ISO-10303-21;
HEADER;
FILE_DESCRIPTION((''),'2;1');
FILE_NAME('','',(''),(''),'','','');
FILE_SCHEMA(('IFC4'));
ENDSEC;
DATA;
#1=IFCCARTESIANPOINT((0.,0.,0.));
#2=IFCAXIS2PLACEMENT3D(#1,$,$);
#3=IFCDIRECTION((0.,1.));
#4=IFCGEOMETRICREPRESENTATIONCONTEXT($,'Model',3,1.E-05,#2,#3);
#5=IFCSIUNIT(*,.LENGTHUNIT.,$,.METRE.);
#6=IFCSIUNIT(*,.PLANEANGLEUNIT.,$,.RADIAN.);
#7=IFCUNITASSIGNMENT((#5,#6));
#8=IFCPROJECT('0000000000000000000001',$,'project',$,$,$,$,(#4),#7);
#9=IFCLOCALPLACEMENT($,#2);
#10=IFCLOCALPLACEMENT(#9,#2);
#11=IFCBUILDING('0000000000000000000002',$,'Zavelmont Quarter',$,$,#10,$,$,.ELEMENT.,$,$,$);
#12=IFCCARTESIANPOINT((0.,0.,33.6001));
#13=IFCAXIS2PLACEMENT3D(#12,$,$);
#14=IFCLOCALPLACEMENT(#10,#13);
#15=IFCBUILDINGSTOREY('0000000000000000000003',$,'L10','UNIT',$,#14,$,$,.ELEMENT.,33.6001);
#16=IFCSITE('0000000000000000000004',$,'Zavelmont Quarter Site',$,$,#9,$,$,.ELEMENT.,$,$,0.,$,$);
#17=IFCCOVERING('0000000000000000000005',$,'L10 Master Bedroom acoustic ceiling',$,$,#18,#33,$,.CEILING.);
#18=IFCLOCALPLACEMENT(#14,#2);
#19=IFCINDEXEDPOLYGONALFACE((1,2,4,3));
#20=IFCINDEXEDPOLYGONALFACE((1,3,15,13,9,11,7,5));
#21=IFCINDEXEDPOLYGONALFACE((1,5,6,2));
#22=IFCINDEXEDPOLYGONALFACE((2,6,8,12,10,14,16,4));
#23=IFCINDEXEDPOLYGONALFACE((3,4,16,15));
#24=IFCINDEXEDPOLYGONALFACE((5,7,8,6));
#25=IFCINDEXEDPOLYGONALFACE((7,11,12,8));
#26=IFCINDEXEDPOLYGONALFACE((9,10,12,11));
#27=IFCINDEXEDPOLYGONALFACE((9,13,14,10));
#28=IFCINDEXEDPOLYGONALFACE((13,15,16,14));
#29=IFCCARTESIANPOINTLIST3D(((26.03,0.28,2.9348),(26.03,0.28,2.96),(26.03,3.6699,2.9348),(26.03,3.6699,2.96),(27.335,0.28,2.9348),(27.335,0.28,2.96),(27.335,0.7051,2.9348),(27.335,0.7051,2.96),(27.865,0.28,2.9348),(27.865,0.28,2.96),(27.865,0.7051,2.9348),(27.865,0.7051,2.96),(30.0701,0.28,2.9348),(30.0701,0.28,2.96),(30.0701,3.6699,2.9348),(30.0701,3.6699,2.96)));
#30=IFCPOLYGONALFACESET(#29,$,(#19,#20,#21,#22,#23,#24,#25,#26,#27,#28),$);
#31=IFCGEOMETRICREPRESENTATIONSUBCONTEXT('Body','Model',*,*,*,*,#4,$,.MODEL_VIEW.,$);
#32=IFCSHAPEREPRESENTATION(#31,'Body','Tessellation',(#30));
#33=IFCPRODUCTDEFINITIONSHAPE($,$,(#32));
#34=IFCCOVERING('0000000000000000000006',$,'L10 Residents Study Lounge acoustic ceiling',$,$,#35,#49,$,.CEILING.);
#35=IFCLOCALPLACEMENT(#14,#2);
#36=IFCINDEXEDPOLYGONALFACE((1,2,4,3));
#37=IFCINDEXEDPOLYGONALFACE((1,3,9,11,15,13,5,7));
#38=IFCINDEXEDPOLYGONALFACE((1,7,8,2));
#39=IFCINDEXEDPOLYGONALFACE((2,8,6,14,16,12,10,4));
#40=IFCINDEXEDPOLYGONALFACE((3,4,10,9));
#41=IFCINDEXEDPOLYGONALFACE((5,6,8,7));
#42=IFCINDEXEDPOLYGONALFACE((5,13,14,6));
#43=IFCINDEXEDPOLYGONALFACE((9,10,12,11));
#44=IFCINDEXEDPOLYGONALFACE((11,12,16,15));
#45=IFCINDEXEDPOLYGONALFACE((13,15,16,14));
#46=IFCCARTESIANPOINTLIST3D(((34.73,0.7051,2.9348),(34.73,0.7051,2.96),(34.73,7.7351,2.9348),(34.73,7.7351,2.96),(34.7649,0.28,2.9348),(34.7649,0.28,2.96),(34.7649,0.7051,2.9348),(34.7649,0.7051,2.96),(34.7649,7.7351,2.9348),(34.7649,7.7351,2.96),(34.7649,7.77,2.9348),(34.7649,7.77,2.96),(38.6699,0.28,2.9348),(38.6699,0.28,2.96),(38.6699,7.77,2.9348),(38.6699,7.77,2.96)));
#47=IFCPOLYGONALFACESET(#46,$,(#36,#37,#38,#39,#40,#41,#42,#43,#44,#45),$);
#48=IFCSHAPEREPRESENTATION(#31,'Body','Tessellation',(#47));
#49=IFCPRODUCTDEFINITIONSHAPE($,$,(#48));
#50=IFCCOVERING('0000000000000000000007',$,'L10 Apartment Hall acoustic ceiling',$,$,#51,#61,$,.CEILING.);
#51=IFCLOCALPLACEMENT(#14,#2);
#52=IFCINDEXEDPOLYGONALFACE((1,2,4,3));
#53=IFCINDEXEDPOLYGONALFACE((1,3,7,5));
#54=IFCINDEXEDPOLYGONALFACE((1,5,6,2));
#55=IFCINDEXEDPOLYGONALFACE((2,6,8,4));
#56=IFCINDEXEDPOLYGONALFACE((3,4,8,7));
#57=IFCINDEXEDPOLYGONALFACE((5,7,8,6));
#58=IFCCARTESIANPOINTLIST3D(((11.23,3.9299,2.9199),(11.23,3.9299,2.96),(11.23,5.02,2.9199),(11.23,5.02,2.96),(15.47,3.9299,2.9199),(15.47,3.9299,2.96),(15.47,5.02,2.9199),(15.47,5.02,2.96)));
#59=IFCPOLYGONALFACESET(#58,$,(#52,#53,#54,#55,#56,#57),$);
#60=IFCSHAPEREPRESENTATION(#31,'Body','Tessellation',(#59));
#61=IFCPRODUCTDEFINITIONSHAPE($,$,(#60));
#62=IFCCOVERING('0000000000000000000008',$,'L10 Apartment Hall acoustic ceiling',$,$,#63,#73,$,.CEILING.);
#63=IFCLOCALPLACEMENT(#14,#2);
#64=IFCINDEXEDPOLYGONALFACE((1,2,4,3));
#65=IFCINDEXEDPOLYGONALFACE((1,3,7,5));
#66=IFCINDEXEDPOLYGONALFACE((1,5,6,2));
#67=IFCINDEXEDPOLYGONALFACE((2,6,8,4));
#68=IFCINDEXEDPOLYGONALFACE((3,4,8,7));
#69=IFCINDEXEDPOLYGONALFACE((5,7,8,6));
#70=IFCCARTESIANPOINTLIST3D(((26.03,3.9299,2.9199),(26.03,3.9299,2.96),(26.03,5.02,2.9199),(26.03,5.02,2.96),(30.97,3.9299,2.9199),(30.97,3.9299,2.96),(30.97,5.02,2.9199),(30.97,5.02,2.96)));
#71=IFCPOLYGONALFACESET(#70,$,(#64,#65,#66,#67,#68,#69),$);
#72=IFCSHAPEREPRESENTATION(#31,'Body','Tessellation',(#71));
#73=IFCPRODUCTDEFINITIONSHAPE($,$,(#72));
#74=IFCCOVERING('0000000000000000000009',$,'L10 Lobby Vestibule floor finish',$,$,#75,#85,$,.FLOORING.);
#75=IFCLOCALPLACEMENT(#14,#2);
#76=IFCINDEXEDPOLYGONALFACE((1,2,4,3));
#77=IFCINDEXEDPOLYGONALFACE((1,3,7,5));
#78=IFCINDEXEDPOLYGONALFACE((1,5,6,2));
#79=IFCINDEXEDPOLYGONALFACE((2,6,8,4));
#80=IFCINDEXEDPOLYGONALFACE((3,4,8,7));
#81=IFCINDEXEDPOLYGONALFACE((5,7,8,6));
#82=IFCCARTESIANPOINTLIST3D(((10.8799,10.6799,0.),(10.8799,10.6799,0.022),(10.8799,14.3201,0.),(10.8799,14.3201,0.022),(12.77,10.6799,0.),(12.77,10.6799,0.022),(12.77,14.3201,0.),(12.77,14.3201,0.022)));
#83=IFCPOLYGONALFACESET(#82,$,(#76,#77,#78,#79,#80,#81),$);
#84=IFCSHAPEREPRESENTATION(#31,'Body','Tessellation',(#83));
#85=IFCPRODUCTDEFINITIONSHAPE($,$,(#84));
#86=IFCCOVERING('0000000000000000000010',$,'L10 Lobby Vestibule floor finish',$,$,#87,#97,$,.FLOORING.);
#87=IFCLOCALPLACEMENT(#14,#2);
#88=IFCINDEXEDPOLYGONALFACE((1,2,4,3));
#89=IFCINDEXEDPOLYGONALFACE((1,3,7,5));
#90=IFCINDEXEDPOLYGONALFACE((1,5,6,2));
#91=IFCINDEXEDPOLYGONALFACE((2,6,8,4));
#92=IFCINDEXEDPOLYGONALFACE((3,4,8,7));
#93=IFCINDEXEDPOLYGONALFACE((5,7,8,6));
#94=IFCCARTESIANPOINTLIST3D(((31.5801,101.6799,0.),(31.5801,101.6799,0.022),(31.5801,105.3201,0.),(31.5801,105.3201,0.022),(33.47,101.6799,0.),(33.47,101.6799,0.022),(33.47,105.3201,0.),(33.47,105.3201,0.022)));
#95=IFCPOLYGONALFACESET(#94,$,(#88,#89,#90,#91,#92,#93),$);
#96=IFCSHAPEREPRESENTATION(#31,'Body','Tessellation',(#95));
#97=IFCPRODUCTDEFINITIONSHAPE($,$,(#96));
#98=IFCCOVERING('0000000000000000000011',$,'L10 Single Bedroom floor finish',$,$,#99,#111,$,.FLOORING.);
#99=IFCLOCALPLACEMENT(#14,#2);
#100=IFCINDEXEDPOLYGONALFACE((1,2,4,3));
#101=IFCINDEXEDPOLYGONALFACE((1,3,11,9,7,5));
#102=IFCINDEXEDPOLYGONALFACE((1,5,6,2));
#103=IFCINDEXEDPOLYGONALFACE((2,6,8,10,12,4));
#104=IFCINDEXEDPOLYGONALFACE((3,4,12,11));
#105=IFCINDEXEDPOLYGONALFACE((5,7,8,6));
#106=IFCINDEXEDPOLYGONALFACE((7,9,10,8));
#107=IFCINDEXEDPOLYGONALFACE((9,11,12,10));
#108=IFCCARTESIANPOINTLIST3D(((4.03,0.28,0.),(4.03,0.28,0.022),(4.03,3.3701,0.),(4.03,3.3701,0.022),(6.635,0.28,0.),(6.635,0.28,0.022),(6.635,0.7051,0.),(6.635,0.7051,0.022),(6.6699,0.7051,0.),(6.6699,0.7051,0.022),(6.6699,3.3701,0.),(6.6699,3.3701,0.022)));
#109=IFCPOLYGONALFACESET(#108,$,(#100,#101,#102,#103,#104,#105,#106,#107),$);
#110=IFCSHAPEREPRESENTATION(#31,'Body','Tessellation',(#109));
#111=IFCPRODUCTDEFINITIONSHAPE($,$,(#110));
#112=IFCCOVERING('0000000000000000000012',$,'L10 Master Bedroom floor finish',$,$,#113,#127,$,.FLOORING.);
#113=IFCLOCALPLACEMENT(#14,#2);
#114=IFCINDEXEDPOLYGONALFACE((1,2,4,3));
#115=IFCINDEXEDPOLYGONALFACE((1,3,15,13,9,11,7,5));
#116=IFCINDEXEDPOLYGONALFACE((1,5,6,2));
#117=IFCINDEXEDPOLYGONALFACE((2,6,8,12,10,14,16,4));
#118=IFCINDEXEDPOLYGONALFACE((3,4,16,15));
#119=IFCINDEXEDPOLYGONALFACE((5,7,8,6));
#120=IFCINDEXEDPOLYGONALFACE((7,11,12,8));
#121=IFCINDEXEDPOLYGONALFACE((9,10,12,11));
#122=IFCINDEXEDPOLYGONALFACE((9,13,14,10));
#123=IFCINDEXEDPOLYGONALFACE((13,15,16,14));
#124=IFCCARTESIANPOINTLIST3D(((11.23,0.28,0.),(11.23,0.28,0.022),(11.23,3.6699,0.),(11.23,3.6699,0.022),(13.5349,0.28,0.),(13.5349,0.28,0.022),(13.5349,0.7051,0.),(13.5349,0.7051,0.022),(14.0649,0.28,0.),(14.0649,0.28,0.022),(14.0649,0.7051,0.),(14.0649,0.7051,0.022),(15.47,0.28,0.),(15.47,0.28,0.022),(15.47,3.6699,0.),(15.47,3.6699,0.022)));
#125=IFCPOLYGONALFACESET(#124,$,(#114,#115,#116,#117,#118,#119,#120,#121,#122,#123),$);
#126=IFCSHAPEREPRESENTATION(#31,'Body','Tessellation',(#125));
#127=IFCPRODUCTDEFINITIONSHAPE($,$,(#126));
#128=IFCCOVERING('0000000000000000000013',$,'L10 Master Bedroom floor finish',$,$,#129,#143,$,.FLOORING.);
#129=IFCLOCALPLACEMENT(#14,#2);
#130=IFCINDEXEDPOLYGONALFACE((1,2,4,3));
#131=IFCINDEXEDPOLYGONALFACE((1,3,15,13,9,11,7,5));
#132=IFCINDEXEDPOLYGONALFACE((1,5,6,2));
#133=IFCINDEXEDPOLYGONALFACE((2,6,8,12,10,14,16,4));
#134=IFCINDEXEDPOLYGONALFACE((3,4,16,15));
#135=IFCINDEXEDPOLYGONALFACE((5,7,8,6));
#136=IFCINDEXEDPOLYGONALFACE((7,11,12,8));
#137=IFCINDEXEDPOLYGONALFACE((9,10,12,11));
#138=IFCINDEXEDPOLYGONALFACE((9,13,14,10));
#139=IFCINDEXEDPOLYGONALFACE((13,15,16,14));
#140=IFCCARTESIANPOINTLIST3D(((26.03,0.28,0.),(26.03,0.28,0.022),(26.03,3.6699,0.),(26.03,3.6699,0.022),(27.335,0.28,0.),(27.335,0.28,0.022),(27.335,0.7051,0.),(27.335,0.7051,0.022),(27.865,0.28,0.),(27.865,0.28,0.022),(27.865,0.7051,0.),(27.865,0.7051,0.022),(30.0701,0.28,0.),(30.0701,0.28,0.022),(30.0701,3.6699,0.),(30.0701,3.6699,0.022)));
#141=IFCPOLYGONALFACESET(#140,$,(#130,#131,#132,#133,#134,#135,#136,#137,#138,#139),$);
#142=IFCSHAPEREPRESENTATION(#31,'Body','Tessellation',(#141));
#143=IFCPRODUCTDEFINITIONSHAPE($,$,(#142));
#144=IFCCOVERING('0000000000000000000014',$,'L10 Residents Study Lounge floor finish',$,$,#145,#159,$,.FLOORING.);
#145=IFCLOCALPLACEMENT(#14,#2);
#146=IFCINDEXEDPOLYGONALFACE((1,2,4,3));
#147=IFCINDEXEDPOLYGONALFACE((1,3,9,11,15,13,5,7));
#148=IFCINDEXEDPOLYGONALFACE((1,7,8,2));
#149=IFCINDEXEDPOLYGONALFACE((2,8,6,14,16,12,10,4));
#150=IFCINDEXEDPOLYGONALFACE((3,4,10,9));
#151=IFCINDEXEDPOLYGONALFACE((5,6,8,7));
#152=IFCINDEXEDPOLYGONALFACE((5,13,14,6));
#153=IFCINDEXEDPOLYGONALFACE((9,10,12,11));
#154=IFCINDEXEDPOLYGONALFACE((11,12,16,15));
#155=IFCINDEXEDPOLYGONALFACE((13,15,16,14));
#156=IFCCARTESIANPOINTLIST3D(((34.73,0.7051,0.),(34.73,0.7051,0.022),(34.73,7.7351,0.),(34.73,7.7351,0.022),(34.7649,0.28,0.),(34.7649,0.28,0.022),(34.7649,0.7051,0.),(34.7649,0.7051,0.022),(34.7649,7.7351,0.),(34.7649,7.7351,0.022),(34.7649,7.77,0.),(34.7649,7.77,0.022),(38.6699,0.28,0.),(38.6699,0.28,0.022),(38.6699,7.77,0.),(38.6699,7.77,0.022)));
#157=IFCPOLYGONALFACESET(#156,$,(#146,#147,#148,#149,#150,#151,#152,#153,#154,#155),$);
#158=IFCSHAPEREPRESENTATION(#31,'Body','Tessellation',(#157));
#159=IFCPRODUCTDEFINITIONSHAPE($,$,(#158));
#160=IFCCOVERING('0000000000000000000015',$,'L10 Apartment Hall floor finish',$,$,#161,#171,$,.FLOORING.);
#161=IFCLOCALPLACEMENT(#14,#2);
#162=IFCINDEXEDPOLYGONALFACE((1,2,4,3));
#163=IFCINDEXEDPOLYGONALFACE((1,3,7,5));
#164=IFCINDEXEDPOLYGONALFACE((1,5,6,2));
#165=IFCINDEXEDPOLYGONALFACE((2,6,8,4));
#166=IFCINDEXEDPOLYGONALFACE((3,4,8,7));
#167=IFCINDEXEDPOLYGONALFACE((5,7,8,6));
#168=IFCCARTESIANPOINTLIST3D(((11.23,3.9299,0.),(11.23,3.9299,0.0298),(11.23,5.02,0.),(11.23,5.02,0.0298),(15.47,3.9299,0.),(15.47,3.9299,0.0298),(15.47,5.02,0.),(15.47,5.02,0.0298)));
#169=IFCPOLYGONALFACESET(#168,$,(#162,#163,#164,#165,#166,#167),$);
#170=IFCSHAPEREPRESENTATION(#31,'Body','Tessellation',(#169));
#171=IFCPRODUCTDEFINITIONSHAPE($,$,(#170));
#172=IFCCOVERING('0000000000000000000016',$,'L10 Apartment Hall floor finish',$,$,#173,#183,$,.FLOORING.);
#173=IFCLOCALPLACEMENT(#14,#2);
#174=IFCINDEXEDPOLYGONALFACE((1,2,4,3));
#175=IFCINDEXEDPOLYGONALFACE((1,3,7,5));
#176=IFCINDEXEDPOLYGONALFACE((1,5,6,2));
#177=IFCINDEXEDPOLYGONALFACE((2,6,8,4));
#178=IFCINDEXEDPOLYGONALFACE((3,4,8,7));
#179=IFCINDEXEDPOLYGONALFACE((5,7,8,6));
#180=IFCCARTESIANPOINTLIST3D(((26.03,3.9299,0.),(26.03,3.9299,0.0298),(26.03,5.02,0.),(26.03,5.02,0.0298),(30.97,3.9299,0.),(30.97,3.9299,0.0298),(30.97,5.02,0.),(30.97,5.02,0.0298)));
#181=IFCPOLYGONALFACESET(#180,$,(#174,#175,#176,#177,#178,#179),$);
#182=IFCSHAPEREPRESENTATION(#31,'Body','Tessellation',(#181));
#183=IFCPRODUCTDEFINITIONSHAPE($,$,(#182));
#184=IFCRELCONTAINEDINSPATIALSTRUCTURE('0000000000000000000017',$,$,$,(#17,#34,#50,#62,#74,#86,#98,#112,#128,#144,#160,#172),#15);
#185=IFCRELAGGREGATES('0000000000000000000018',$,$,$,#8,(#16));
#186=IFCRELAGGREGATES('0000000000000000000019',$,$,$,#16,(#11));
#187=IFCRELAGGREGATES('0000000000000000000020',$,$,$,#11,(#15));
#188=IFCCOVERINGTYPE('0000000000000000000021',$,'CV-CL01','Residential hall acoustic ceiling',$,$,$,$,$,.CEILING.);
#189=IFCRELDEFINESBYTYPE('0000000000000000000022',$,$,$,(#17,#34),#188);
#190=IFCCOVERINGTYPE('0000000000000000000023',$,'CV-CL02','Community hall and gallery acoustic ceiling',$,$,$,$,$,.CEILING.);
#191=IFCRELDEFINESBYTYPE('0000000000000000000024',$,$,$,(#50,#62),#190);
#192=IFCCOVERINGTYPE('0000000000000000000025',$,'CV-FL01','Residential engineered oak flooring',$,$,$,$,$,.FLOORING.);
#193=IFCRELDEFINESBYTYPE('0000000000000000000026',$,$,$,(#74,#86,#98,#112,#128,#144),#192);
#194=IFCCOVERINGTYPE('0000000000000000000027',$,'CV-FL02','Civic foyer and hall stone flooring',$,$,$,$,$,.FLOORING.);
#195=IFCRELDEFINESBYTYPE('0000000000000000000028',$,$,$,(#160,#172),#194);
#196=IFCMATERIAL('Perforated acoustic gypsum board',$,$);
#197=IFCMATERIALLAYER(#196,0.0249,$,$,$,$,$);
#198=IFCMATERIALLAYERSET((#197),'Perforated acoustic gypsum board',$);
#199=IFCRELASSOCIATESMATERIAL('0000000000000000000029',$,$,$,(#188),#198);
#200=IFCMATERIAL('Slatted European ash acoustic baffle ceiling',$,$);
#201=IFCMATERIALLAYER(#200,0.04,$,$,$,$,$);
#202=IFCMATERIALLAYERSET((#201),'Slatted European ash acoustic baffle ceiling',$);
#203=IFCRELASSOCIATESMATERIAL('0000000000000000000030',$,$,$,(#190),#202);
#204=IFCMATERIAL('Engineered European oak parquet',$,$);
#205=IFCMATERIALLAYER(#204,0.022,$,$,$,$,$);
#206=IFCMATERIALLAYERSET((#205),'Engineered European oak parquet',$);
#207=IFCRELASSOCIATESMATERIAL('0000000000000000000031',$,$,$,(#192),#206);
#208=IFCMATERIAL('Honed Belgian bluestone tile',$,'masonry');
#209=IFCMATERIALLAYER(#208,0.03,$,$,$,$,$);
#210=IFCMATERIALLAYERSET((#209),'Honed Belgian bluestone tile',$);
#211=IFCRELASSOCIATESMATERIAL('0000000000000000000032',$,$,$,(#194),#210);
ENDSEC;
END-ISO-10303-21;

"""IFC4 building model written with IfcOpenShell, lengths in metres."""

from ifc_helpers import new_model, si_unit, direction, frame, origin, place, context, subcontext, project, spatial, polyline, outline, extrude, material, layer, layer_set, type_object, element, save


model = new_model("IFC4")

# Units and contexts
model_context = context("Model", 3, precision=1e-05, world=origin(), true_north=direction((0.0, 1.0)))
body_context = subcontext(model_context, "Body", "Model", "MODEL_VIEW")
ifc_project = project(units=[si_unit("LENGTHUNIT", "METRE"), si_unit("PLANEANGLEUNIT", "RADIAN")], contexts=[model_context])

# Site, building, storey
site_placement = place(None, origin())
site = spatial("IfcSite", under=ifc_project, at=site_placement, Name="Zavelmont Quarter Site", CompositionType="ELEMENT", RefElevation=0.0)
building_placement = place(site_placement, origin())
building = spatial("IfcBuilding", under=site, at=building_placement, Name="Zavelmont Quarter", CompositionType="ELEMENT")
storey_placement = place(building_placement, frame((0.0, 0.0, 33.6001)))
storey = spatial("IfcBuildingStorey", under=building, at=storey_placement, Name="L10", Description="UNIT", CompositionType="ELEMENT", Elevation=33.6001)

# Coverings
ifc_material_1 = material(Name="Perforated acoustic gypsum board")
ifc_layer_1 = layer(ifc_material_1, 0.0249)
ifc_layer_set_1 = layer_set([ifc_layer_1], Name="Perforated acoustic gypsum board")
covering_type_1 = type_object("IfcCoveringType", Name="CV-CL01", Description="Residential hall acoustic ceiling", PredefinedType="CEILING", material=ifc_layer_set_1)
covering_1_placement = place(storey_placement, frame((0.0, 0.0, 2.9348)))
element("IfcCovering", 1, at=covering_1_placement, inside=storey, type_object=covering_type_1, Name="L10 Master Bedroom acoustic ceiling", PredefinedType="CEILING", context=body_context, shape_type="SweptSolid", body=[
    extrude(outline(polyline([(26.03, 3.6699), (30.0701, 3.6699), (30.0701, 0.28), (27.865, 0.28), (27.865, 0.7051), (27.335, 0.7051), (27.335, 0.28), (26.03, 0.28), (26.03, 3.6699)])), origin(), (0.0, 0.0, 1.0), 0.0251),
])
covering_2_placement = place(storey_placement, frame((0.0, 0.0, 2.9348)))
element("IfcCovering", 2, at=covering_2_placement, inside=storey, type_object=covering_type_1, Name="L10 Residents Study Lounge acoustic ceiling", PredefinedType="CEILING", context=body_context, shape_type="SweptSolid", body=[
    extrude(outline(polyline([(34.73, 7.7351), (34.7649, 7.7351), (34.7649, 7.77), (38.6699, 7.77), (38.6699, 0.28), (34.7649, 0.28), (34.7649, 0.7051), (34.73, 0.7051), (34.73, 7.7351)])), origin(), (0.0, 0.0, 1.0), 0.0251),
])
ifc_material_2 = material(Name="Slatted European ash acoustic baffle ceiling")
ifc_layer_2 = layer(ifc_material_2, 0.04)
ifc_layer_set_2 = layer_set([ifc_layer_2], Name="Slatted European ash acoustic baffle ceiling")
covering_type_2 = type_object("IfcCoveringType", Name="CV-CL02", Description="Community hall and gallery acoustic ceiling", PredefinedType="CEILING", material=ifc_layer_set_2)
covering_3_placement = place(storey_placement, frame((0.0, 0.0, 2.9199)))
element("IfcCovering", 3, at=covering_3_placement, inside=storey, type_object=covering_type_2, Name="L10 Apartment Hall acoustic ceiling", PredefinedType="CEILING", context=body_context, shape_type="SweptSolid", body=[
    extrude(outline(polyline([(11.23, 5.02), (15.47, 5.02), (15.47, 3.9299), (11.23, 3.9299), (11.23, 5.02)])), origin(), (0.0, 0.0, 1.0), 0.04),
])
covering_4_placement = place(storey_placement, frame((0.0, 0.0, 2.9199)))
element("IfcCovering", 4, at=covering_4_placement, inside=storey, type_object=covering_type_2, Name="L10 Apartment Hall acoustic ceiling", PredefinedType="CEILING", context=body_context, shape_type="SweptSolid", body=[
    extrude(outline(polyline([(26.03, 5.02), (30.97, 5.02), (30.97, 3.9299), (26.03, 3.9299), (26.03, 5.02)])), origin(), (0.0, 0.0, 1.0), 0.04),
])
ifc_material_3 = material(Name="Engineered European oak parquet")
ifc_layer_3 = layer(ifc_material_3, 0.022)
ifc_layer_set_3 = layer_set([ifc_layer_3], Name="Engineered European oak parquet")
covering_type_3 = type_object("IfcCoveringType", Name="CV-FL01", Description="Residential engineered oak flooring", PredefinedType="FLOORING", material=ifc_layer_set_3)
covering_5_placement = place(storey_placement, origin())
element("IfcCovering", 5, at=covering_5_placement, inside=storey, type_object=covering_type_3, Name="L10 Lobby Vestibule floor finish", PredefinedType="FLOORING", context=body_context, shape_type="SweptSolid", body=[
    extrude(outline(polyline([(10.8799, 14.3201), (12.77, 14.3201), (12.77, 10.6799), (10.8799, 10.6799), (10.8799, 14.3201)])), origin(), (0.0, 0.0, 1.0), 0.022),
])
covering_6_placement = place(storey_placement, origin())
element("IfcCovering", 6, at=covering_6_placement, inside=storey, type_object=covering_type_3, Name="L10 Lobby Vestibule floor finish", PredefinedType="FLOORING", context=body_context, shape_type="SweptSolid", body=[
    extrude(outline(polyline([(31.5801, 105.3201), (33.47, 105.3201), (33.47, 101.6799), (31.5801, 101.6799), (31.5801, 105.3201)])), origin(), (0.0, 0.0, 1.0), 0.022),
])
covering_7_placement = place(storey_placement, origin())
element("IfcCovering", 7, at=covering_7_placement, inside=storey, type_object=covering_type_3, Name="L10 Single Bedroom floor finish", PredefinedType="FLOORING", context=body_context, shape_type="SweptSolid", body=[
    extrude(outline(polyline([(4.03, 3.3701), (6.6699, 3.3701), (6.6699, 0.7051), (6.635, 0.7051), (6.635, 0.28), (4.03, 0.28), (4.03, 3.3701)])), origin(), (0.0, 0.0, 1.0), 0.022),
])
covering_8_placement = place(storey_placement, origin())
element("IfcCovering", 8, at=covering_8_placement, inside=storey, type_object=covering_type_3, Name="L10 Master Bedroom floor finish", PredefinedType="FLOORING", context=body_context, shape_type="SweptSolid", body=[
    extrude(outline(polyline([(11.23, 3.6699), (15.47, 3.6699), (15.47, 0.28), (14.0649, 0.28), (14.0649, 0.7051), (13.5349, 0.7051), (13.5349, 0.28), (11.23, 0.28), (11.23, 3.6699)])), origin(), (0.0, 0.0, 1.0), 0.022),
])
covering_9_placement = place(storey_placement, origin())
element("IfcCovering", 9, at=covering_9_placement, inside=storey, type_object=covering_type_3, Name="L10 Master Bedroom floor finish", PredefinedType="FLOORING", context=body_context, shape_type="SweptSolid", body=[
    extrude(outline(polyline([(26.03, 3.6699), (30.0701, 3.6699), (30.0701, 0.28), (27.865, 0.28), (27.865, 0.7051), (27.335, 0.7051), (27.335, 0.28), (26.03, 0.28), (26.03, 3.6699)])), origin(), (0.0, 0.0, 1.0), 0.022),
])
covering_10_placement = place(storey_placement, origin())
element("IfcCovering", 10, at=covering_10_placement, inside=storey, type_object=covering_type_3, Name="L10 Residents Study Lounge floor finish", PredefinedType="FLOORING", context=body_context, shape_type="SweptSolid", body=[
    extrude(outline(polyline([(34.73, 7.7351), (34.7649, 7.7351), (34.7649, 7.77), (38.6699, 7.77), (38.6699, 0.28), (34.7649, 0.28), (34.7649, 0.7051), (34.73, 0.7051), (34.73, 7.7351)])), origin(), (0.0, 0.0, 1.0), 0.022),
])
ifc_material_4 = material(Name="Honed Belgian bluestone tile", Category="masonry")
ifc_layer_4 = layer(ifc_material_4, 0.03)
ifc_layer_set_4 = layer_set([ifc_layer_4], Name="Honed Belgian bluestone tile")
covering_type_4 = type_object("IfcCoveringType", Name="CV-FL02", Description="Civic foyer and hall stone flooring", PredefinedType="FLOORING", material=ifc_layer_set_4)
covering_11_placement = place(storey_placement, origin())
element("IfcCovering", 11, at=covering_11_placement, inside=storey, type_object=covering_type_4, Name="L10 Apartment Hall floor finish", PredefinedType="FLOORING", context=body_context, shape_type="SweptSolid", body=[
    extrude(outline(polyline([(11.23, 5.02), (15.47, 5.02), (15.47, 3.9299), (11.23, 3.9299), (11.23, 5.02)])), origin(), (0.0, 0.0, 1.0), 0.0298),
])
covering_12_placement = place(storey_placement, origin())
element("IfcCovering", 12, at=covering_12_placement, inside=storey, type_object=covering_type_4, Name="L10 Apartment Hall floor finish", PredefinedType="FLOORING", context=body_context, shape_type="SweptSolid", body=[
    extrude(outline(polyline([(26.03, 5.02), (30.97, 5.02), (30.97, 3.9299), (26.03, 3.9299), (26.03, 5.02)])), origin(), (0.0, 0.0, 1.0), 0.0298),
])

save(model, "model.ifc")
